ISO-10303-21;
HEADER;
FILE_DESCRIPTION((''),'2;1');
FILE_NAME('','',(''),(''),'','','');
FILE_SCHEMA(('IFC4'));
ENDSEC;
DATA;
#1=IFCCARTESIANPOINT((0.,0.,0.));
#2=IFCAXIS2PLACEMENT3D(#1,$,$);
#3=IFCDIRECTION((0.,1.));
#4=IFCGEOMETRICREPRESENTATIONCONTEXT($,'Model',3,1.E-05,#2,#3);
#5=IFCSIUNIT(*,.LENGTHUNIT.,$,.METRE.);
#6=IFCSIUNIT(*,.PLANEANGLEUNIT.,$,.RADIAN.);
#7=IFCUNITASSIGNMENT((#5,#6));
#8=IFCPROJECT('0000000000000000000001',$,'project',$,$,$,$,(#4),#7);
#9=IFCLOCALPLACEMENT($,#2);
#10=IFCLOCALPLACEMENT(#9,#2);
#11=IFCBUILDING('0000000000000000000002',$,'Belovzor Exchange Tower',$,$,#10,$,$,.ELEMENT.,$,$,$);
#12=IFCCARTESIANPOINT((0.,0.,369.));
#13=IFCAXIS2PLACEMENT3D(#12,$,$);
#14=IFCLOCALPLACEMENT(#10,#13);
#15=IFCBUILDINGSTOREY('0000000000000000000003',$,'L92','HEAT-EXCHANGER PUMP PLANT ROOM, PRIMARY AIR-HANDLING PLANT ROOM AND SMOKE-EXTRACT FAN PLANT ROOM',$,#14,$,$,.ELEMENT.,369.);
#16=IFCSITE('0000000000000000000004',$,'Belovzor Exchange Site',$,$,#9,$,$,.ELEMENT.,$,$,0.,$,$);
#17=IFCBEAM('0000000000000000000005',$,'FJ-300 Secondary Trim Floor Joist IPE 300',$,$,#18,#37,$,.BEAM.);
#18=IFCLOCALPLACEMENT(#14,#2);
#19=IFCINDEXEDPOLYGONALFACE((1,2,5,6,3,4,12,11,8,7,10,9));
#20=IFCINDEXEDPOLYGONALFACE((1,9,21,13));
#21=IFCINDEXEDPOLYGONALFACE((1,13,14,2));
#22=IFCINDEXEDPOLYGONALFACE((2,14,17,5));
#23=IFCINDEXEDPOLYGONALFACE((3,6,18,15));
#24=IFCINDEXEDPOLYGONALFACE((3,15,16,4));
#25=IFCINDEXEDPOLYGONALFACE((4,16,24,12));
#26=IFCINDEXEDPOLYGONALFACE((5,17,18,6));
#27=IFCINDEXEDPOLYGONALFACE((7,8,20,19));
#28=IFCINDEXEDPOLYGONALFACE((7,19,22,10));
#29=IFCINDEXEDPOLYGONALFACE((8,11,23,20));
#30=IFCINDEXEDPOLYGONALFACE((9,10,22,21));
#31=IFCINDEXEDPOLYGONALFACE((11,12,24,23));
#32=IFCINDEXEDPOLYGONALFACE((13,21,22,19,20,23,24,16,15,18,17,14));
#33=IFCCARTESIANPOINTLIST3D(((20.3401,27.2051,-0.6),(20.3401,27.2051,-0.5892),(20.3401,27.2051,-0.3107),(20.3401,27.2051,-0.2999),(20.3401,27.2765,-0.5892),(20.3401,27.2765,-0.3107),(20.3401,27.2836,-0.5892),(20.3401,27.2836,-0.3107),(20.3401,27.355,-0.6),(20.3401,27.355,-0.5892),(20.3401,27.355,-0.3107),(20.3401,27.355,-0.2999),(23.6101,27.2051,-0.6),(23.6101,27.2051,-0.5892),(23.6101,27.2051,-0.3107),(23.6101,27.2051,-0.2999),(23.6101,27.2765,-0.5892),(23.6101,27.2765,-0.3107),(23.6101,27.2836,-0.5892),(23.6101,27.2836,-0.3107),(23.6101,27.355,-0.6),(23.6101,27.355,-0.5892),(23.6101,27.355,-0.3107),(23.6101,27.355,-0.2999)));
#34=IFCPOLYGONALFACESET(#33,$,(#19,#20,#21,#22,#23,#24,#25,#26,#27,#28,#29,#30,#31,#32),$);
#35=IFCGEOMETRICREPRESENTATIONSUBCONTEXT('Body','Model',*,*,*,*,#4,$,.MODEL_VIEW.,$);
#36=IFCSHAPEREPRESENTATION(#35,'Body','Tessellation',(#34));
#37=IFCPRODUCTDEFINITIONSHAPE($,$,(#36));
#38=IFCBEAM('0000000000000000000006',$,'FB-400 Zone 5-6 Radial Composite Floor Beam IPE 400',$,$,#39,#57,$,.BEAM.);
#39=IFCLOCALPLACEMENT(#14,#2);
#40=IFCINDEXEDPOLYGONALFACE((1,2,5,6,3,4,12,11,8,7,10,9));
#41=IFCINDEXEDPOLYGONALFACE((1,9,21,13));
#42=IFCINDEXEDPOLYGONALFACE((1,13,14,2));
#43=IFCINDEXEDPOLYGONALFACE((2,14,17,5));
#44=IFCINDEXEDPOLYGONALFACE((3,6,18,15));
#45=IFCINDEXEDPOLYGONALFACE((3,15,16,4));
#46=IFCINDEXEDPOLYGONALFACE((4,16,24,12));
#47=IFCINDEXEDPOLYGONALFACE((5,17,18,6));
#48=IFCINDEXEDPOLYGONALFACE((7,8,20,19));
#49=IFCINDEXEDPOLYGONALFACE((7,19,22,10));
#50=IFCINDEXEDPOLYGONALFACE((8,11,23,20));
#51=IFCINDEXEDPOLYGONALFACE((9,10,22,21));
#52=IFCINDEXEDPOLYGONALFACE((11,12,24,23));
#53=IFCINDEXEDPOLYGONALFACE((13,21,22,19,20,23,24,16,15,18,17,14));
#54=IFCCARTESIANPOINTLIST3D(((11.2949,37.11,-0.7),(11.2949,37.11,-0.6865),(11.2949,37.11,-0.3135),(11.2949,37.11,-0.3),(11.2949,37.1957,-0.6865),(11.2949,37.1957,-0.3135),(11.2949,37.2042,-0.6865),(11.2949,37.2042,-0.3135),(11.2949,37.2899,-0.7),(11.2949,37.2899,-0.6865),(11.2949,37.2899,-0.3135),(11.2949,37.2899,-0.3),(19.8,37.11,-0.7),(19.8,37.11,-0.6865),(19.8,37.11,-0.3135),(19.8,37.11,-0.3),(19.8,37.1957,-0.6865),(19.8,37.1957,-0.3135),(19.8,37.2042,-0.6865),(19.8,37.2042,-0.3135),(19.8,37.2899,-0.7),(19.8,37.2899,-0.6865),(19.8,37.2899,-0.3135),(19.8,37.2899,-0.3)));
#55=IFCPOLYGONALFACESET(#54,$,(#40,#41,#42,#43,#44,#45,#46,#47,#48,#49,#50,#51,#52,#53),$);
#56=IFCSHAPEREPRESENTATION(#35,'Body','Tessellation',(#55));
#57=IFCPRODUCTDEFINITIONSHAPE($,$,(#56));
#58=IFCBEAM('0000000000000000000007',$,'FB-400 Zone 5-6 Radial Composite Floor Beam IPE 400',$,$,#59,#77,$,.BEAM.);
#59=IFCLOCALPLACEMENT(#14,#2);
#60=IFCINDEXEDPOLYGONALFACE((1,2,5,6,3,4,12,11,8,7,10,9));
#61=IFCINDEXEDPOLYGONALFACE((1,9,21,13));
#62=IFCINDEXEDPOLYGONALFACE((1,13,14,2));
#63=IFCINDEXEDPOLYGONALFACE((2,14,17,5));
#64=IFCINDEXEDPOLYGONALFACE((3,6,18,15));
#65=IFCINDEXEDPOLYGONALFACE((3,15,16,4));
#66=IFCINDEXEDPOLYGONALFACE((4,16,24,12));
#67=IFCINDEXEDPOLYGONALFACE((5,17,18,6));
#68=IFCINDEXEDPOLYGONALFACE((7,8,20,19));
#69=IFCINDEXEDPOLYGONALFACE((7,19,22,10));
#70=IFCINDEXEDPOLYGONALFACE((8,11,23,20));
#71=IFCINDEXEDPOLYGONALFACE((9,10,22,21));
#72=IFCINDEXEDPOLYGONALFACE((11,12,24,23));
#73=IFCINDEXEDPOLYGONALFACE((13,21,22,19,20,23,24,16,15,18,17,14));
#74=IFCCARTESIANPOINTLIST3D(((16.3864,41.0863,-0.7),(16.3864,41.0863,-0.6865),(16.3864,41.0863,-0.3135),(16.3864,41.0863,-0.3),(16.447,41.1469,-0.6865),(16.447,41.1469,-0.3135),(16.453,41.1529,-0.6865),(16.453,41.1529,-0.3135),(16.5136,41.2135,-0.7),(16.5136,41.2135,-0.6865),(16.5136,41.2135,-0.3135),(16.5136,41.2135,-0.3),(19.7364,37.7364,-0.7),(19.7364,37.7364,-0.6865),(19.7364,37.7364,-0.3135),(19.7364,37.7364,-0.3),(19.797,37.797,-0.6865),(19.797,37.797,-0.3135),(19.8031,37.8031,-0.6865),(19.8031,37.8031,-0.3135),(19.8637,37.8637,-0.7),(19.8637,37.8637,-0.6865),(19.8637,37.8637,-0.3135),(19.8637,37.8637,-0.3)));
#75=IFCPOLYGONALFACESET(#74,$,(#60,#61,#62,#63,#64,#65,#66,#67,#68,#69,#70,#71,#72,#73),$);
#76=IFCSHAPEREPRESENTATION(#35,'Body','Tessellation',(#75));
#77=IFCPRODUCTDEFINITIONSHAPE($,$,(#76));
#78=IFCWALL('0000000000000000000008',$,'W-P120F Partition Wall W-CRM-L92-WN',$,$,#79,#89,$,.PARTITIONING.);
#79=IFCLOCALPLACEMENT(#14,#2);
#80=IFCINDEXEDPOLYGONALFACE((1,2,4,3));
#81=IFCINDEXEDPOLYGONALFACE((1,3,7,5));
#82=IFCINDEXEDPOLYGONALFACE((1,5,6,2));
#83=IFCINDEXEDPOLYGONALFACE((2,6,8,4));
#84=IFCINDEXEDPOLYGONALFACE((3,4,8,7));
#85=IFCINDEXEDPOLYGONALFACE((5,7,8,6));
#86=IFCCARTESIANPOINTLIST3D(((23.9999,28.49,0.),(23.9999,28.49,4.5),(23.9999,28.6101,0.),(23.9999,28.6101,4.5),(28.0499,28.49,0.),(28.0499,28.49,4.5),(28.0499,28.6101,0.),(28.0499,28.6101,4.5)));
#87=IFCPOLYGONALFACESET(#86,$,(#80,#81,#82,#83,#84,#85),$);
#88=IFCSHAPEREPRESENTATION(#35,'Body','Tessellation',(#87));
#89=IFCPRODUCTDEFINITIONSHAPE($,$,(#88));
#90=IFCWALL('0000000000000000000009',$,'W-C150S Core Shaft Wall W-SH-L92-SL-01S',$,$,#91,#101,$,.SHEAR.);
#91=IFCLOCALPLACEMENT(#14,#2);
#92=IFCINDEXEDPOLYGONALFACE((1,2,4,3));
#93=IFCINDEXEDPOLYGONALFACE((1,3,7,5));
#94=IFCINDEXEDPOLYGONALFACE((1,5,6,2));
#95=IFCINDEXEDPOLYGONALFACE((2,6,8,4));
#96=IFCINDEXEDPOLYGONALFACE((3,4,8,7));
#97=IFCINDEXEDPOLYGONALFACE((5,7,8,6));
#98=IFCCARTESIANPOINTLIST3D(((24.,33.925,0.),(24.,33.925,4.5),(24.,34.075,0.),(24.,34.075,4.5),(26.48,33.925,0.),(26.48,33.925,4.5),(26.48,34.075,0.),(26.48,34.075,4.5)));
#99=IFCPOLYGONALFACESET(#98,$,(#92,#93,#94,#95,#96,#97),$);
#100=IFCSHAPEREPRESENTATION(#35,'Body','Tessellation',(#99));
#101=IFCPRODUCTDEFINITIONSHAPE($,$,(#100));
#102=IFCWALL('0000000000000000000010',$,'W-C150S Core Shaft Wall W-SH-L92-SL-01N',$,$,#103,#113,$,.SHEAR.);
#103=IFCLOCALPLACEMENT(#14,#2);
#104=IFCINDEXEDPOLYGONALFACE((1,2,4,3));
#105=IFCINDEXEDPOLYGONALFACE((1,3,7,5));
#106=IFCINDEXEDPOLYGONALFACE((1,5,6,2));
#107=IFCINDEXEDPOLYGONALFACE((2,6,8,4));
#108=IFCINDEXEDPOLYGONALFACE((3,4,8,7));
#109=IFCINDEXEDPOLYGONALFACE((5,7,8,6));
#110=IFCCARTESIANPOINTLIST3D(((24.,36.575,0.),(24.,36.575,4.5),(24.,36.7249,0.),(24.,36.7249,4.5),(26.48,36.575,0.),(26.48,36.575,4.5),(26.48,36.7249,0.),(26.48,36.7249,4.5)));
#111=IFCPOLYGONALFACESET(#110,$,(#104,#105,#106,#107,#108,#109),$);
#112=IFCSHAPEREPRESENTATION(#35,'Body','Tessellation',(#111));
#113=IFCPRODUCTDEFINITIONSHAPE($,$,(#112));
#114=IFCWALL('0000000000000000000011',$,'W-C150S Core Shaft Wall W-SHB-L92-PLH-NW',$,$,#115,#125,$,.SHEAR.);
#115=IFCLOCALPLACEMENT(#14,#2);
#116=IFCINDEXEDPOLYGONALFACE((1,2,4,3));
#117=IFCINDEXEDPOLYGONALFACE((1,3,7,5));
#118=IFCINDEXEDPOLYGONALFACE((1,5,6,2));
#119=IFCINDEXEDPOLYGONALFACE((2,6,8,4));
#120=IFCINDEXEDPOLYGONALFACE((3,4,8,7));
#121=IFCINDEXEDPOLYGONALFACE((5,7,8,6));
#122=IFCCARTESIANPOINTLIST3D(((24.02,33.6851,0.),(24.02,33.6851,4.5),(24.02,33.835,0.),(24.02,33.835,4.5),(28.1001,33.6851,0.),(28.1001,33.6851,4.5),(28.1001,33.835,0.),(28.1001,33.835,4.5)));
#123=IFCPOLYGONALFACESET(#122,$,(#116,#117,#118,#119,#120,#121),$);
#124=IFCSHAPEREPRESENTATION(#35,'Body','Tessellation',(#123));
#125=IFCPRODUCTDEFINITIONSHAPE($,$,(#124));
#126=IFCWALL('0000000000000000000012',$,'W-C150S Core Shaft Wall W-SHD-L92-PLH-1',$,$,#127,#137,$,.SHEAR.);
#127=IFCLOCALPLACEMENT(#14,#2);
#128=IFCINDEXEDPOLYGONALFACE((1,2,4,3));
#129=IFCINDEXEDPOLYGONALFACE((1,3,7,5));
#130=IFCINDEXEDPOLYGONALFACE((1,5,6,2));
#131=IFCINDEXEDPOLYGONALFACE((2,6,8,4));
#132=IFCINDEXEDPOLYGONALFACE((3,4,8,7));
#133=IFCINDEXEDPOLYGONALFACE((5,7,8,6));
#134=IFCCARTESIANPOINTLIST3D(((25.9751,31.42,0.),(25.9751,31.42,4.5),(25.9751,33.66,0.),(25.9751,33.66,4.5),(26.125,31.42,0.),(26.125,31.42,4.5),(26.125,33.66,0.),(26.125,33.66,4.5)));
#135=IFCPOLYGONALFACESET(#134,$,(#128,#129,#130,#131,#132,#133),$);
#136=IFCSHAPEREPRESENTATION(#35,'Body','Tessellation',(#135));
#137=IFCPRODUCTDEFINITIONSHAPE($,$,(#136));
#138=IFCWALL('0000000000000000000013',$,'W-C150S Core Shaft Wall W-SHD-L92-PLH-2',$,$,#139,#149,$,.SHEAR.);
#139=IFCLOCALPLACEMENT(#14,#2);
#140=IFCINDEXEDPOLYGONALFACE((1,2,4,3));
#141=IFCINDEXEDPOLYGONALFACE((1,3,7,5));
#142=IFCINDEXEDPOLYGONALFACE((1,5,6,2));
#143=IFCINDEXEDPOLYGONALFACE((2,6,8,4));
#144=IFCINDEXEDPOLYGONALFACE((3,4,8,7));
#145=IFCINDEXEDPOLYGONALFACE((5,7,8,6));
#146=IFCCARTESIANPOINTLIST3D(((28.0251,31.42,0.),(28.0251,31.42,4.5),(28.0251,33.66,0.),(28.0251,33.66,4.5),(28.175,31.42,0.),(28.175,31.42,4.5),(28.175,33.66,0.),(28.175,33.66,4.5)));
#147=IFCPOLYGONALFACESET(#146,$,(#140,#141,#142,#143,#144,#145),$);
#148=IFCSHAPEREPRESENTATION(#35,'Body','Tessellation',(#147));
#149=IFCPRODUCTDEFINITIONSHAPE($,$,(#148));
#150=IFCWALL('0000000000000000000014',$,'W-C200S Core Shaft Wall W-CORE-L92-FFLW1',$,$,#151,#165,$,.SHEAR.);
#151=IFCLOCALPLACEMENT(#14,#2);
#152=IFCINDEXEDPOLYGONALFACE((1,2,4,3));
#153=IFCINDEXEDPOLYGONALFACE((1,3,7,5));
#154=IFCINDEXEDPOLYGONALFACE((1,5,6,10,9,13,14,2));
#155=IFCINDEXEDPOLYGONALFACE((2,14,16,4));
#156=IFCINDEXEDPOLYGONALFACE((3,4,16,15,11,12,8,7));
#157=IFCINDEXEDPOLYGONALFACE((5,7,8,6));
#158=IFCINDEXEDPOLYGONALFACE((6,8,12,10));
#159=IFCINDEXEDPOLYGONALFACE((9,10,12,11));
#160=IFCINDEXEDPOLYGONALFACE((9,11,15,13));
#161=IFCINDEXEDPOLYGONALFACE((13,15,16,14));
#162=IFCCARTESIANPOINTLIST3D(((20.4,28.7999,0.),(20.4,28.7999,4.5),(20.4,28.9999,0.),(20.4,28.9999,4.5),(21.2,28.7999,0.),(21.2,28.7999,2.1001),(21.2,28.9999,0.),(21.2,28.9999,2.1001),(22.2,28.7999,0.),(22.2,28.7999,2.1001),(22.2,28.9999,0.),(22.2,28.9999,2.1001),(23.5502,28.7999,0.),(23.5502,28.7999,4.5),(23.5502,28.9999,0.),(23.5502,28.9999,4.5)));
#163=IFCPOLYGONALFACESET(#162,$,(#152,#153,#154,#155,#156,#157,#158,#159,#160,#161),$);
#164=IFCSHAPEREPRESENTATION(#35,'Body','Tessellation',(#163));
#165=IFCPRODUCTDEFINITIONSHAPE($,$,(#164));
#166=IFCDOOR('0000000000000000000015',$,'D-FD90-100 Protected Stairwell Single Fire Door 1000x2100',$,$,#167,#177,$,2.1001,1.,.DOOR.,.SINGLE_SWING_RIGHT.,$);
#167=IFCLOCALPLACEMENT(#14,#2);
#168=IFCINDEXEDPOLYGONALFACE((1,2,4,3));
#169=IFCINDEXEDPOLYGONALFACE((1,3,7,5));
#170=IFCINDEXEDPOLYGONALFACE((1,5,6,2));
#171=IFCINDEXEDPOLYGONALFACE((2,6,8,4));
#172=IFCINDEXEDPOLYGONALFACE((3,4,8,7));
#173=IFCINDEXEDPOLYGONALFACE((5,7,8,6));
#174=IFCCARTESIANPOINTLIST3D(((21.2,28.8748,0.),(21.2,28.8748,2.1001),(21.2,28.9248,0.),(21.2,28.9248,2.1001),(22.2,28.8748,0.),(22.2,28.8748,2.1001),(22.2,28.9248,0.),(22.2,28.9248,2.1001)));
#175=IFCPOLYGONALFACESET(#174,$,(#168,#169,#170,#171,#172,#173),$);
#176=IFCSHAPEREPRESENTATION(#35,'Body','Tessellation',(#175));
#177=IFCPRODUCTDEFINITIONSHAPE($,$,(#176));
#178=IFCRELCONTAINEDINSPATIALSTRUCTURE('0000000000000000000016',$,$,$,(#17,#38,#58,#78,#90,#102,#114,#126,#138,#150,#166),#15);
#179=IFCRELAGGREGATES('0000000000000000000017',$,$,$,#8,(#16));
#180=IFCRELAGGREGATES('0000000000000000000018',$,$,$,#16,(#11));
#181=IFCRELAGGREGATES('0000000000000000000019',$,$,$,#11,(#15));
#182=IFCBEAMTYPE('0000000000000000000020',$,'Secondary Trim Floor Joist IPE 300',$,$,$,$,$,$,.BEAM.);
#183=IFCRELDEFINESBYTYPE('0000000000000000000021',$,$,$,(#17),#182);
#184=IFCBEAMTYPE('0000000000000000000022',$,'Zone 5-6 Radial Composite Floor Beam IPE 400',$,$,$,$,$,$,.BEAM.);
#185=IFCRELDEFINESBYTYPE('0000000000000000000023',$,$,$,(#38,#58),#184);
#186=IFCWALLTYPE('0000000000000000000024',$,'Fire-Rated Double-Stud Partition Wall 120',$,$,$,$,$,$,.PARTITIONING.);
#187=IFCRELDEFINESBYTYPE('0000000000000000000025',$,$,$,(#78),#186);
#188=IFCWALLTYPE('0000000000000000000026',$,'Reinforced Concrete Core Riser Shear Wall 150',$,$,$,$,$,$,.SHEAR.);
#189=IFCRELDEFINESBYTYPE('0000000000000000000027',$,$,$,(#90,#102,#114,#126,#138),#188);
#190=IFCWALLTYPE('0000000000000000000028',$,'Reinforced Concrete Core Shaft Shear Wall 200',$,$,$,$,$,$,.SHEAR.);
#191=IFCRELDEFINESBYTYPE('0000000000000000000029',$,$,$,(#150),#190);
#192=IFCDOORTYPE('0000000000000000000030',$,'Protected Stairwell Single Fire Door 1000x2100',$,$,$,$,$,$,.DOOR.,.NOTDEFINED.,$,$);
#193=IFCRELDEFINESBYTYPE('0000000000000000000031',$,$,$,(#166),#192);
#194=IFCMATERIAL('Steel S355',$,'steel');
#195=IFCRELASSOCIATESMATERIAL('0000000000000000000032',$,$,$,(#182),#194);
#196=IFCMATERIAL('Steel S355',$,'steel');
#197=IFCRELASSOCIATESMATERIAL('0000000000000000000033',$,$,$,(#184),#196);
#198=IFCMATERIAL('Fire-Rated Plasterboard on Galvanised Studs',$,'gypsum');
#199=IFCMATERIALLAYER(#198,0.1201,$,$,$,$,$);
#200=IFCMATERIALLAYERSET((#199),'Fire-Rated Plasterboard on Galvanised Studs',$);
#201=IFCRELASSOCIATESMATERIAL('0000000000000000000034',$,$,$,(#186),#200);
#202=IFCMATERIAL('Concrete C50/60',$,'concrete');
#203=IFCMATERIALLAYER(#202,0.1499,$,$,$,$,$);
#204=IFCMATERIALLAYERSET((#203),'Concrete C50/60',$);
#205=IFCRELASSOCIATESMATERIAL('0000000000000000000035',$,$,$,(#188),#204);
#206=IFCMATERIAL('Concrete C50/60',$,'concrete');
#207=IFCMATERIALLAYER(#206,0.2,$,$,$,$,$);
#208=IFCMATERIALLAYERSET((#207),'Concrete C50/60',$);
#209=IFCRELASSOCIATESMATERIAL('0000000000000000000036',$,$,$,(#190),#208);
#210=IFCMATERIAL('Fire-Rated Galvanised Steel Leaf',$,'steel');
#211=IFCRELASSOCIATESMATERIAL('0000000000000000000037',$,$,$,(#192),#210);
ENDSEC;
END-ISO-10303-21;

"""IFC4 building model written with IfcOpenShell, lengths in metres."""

from ifc_helpers import new_model, si_unit, direction, frame, frame_2d, origin, origin_2d, place, context, subcontext, project, spatial, rectangle, i_section, extrude, material, layer, layer_set, material_profile, profile_set, type_object, element, fill, save


model = new_model("IFC4")

# Units and contexts
model_context = context("Model", 3, precision=1e-05, world=origin(), true_north=direction((0.0, 1.0)))
body_context = subcontext(model_context, "Body", "Model", "MODEL_VIEW")
ifc_project = project(units=[si_unit("LENGTHUNIT", "METRE"), si_unit("PLANEANGLEUNIT", "RADIAN")], contexts=[model_context])

# Site, building, storey
site_placement = place(None, origin())
site = spatial("IfcSite", under=ifc_project, at=site_placement, Name="Belovzor Exchange Site", CompositionType="ELEMENT", RefElevation=0.0)
building_placement = place(site_placement, origin())
building = spatial("IfcBuilding", under=site, at=building_placement, Name="Belovzor Exchange Tower", CompositionType="ELEMENT")
storey_placement = place(building_placement, frame((0.0, 0.0, 369.0)))
storey = spatial("IfcBuildingStorey", under=building, at=storey_placement, Name="L92", Description="HEAT-EXCHANGER PUMP PLANT ROOM, PRIMARY AIR-HANDLING PLANT ROOM AND SMOKE-EXTRACT FAN PLANT ROOM", CompositionType="ELEMENT", Elevation=369.0)

# Beams
ifc_material_1 = material(Name="Steel S355", Category="steel")
ifc_material_profile_1 = material_profile(ifc_material_1, i_section(OverallWidth=0.1499, OverallDepth=0.3, WebThickness=0.0071, FlangeThickness=0.0107, at=origin_2d()))
ifc_profile_set_1 = profile_set([ifc_material_profile_1], Name="Steel S355")
beam_type_1 = type_object("IfcBeamType", Name="Secondary Trim Floor Joist IPE 300", PredefinedType="BEAM", material=ifc_profile_set_1)
beam_1_placement = place(storey_placement, frame((20.3401, 27.28, -0.45), z_axis=(1.0, 0.0, 0.0), x_axis=(0.0, 1.0, 0.0)))
element("IfcBeam", 1, at=beam_1_placement, inside=storey, type_object=beam_type_1, Name="FJ-300 Secondary Trim Floor Joist IPE 300", PredefinedType="BEAM", context=body_context, shape_type="SweptSolid", body=[
    extrude(i_section(OverallWidth=0.1499, OverallDepth=0.3, WebThickness=0.0071, FlangeThickness=0.0107, at=origin_2d()), origin(), (0.0, 0.0, 1.0), 3.27),
])
ifc_material_2 = material(Name="Steel S355", Category="steel")
ifc_material_profile_2 = material_profile(ifc_material_2, i_section(OverallWidth=0.1799, OverallDepth=0.3999, WebThickness=0.0085, FlangeThickness=0.0134, at=origin_2d()))
ifc_profile_set_2 = profile_set([ifc_material_profile_2], Name="Steel S355")
beam_type_2 = type_object("IfcBeamType", Name="Zone 5-6 Radial Composite Floor Beam IPE 400", PredefinedType="BEAM", material=ifc_profile_set_2)
beam_2_placement = place(storey_placement, frame((19.8, 37.2, -0.5), z_axis=(-1.0, 0.0, 0.0), x_axis=(0.0, -1.0, 0.0)))
element("IfcBeam", 2, at=beam_2_placement, inside=storey, type_object=beam_type_2, Name="FB-400 Zone 5-6 Radial Composite Floor Beam IPE 400", PredefinedType="BEAM", context=body_context, shape_type="SweptSolid", body=[
    extrude(i_section(OverallWidth=0.1799, OverallDepth=0.3999, WebThickness=0.0085, FlangeThickness=0.0134, at=origin_2d()), origin(), (0.0, 0.0, 1.0), 8.5051),
])
beam_3_placement = place(storey_placement, frame((19.8, 37.8, -0.5), z_axis=(-0.707133, 0.707081, 0.0), x_axis=(-0.707081, -0.707133, 0.0)))
element("IfcBeam", 3, at=beam_3_placement, inside=storey, type_object=beam_type_2, Name="FB-400 Zone 5-6 Radial Composite Floor Beam IPE 400", PredefinedType="BEAM", context=body_context, shape_type="SweptSolid", body=[
    extrude(i_section(OverallWidth=0.1799, OverallDepth=0.3999, WebThickness=0.0085, FlangeThickness=0.0134, at=origin_2d()), origin(), (0.0, 0.0, 1.0), 4.7375),
])

# Walls
ifc_material_3 = material(Name="Fire-Rated Plasterboard on Galvanised Studs", Category="gypsum")
ifc_layer_1 = layer(ifc_material_3, 0.1201)
ifc_layer_set_1 = layer_set([ifc_layer_1], Name="Fire-Rated Plasterboard on Galvanised Studs")
wall_type_1 = type_object("IfcWallType", Name="Fire-Rated Double-Stud Partition Wall 120", PredefinedType="PARTITIONING", material=ifc_layer_set_1)
wall_1_placement = place(storey_placement, frame((24.0, 28.55, 0.0), z_axis=(0.0, 0.0, 1.0), x_axis=(1.0, 0.0, 0.0)))
element("IfcWall", 4, at=wall_1_placement, inside=storey, type_object=wall_type_1, Name="W-P120F Partition Wall W-CRM-L92-WN", PredefinedType="PARTITIONING", context=body_context, shape_type="SweptSolid", body=[
    extrude(rectangle(XDim=4.05, YDim=0.1201, at=frame_2d((2.0249, 0.0))), origin(), (0.0, 0.0, 1.0), 4.5),
])
ifc_material_4 = material(Name="Concrete C50/60", Category="concrete")
ifc_layer_2 = layer(ifc_material_4, 0.1499)
ifc_layer_set_2 = layer_set([ifc_layer_2], Name="Concrete C50/60")
wall_type_2 = type_object("IfcWallType", Name="Reinforced Concrete Core Riser Shear Wall 150", PredefinedType="SHEAR", material=ifc_layer_set_2)
for number, where, z_axis, x_axis, name in (
    (5, (24.0, 34.0, 0.0), (0.0, 0.0, 1.0), (1.0, 0.0, 0.0), "W-C150S Core Shaft Wall W-SH-L92-SL-01S"),
    (6, (24.0, 36.6499, 0.0), (0.0, 0.0, 1.0), (1.0, 0.0, 0.0), "W-C150S Core Shaft Wall W-SH-L92-SL-01N"),
):
    element("IfcWall", number, at=place(storey_placement, frame(where, z_axis=z_axis, x_axis=x_axis)), inside=storey, type_object=wall_type_2, Name=name, PredefinedType="SHEAR", context=body_context, shape_type="SweptSolid", body=[
        extrude(rectangle(XDim=2.48, YDim=0.1499, at=frame_2d((1.24, 0.0))), origin(), (0.0, 0.0, 1.0), 4.5),
    ])
wall_2_placement = place(storey_placement, frame((24.02, 33.76, 0.0), z_axis=(0.0, 0.0, 1.0), x_axis=(1.0, 0.0, 0.0)))
element("IfcWall", 7, at=wall_2_placement, inside=storey, type_object=wall_type_2, Name="W-C150S Core Shaft Wall W-SHB-L92-PLH-NW", PredefinedType="SHEAR", context=body_context, shape_type="SweptSolid", body=[
    extrude(rectangle(XDim=4.0801, YDim=0.1499, at=frame_2d((2.04, 0.0))), origin(), (0.0, 0.0, 1.0), 4.5),
])
for number, where, z_axis, x_axis, name in (
    (8, (26.05, 31.4199, 0.0), (0.0, 0.0, 1.0), (0.0, 1.0, 0.0), "W-C150S Core Shaft Wall W-SHD-L92-PLH-1"),
    (9, (28.1001, 31.4199, 0.0), (0.0, 0.0, 1.0), (0.0, 1.0, 0.0), "W-C150S Core Shaft Wall W-SHD-L92-PLH-2"),
):
    element("IfcWall", number, at=place(storey_placement, frame(where, z_axis=z_axis, x_axis=x_axis)), inside=storey, type_object=wall_type_2, Name=name, PredefinedType="SHEAR", context=body_context, shape_type="SweptSolid", body=[
        extrude(rectangle(XDim=2.24, YDim=0.1499, at=frame_2d((1.1201, 0.0))), origin(), (0.0, 0.0, 1.0), 4.5),
    ])

# Wall, opening, door
ifc_material_5 = material(Name="Concrete C50/60", Category="concrete")
ifc_layer_3 = layer(ifc_material_5, 0.2)
ifc_layer_set_3 = layer_set([ifc_layer_3], Name="Concrete C50/60")
wall_type_3 = type_object("IfcWallType", Name="Reinforced Concrete Core Shaft Shear Wall 200", PredefinedType="SHEAR", material=ifc_layer_set_3)
wall_3_placement = place(storey_placement, frame((20.3999, 28.8999, 0.0), z_axis=(0.0, 0.0, 1.0), x_axis=(1.0, 0.0, 0.0)))
wall_3 = element("IfcWall", 10, at=wall_3_placement, inside=storey, type_object=wall_type_3, Name="W-C200S Core Shaft Wall W-CORE-L92-FFLW1", PredefinedType="SHEAR", context=body_context, shape_type="SweptSolid", body=[
    extrude(rectangle(XDim=3.1501, YDim=0.2, at=frame_2d((1.5752, 0.0))), origin(), (0.0, 0.0, 1.0), 4.5),
])
opening_1_placement = place(wall_3_placement, frame((0.8, 0.0, 0.0)))
opening_1 = element("IfcOpeningElement", 11, at=opening_1_placement, cuts=wall_3, PredefinedType="OPENING", context=body_context, shape_type="SweptSolid", body=[
    extrude(rectangle(XDim=1.0, YDim=2.1001, at=frame_2d((0.5, 1.05))), frame((0.0, 0.1099, 0.0), z_axis=(0.0, -1.0, 0.0), x_axis=(1.0, 0.0, 0.0)), (0.0, 0.0, 1.0), 0.22),
])
ifc_material_6 = material(Name="Fire-Rated Galvanised Steel Leaf", Category="steel")
door_type_1 = type_object("IfcDoorType", Name="Protected Stairwell Single Fire Door 1000x2100", OperationType="NOTDEFINED", PredefinedType="DOOR", material=ifc_material_6)
door_1_placement = place(opening_1_placement, origin())
door_1 = element("IfcDoor", 12, at=door_1_placement, inside=storey, type_object=door_type_1, Name="D-FD90-100 Protected Stairwell Single Fire Door 1000x2100", OperationType="SINGLE_SWING_RIGHT", OverallHeight=2.1001, OverallWidth=1.0, PredefinedType="DOOR", context=body_context, shape_type="SweptSolid", body=[
    extrude(rectangle(XDim=1.0, YDim=2.1001, at=frame_2d((0.5, 1.05))), frame((0.0, 0.0249, 0.0), z_axis=(0.0, -1.0, 0.0), x_axis=(1.0, 0.0, 0.0)), (0.0, 0.0, 1.0), 0.05),
])
fill(opening_1, door_1)

save(model, "model.ifc")
